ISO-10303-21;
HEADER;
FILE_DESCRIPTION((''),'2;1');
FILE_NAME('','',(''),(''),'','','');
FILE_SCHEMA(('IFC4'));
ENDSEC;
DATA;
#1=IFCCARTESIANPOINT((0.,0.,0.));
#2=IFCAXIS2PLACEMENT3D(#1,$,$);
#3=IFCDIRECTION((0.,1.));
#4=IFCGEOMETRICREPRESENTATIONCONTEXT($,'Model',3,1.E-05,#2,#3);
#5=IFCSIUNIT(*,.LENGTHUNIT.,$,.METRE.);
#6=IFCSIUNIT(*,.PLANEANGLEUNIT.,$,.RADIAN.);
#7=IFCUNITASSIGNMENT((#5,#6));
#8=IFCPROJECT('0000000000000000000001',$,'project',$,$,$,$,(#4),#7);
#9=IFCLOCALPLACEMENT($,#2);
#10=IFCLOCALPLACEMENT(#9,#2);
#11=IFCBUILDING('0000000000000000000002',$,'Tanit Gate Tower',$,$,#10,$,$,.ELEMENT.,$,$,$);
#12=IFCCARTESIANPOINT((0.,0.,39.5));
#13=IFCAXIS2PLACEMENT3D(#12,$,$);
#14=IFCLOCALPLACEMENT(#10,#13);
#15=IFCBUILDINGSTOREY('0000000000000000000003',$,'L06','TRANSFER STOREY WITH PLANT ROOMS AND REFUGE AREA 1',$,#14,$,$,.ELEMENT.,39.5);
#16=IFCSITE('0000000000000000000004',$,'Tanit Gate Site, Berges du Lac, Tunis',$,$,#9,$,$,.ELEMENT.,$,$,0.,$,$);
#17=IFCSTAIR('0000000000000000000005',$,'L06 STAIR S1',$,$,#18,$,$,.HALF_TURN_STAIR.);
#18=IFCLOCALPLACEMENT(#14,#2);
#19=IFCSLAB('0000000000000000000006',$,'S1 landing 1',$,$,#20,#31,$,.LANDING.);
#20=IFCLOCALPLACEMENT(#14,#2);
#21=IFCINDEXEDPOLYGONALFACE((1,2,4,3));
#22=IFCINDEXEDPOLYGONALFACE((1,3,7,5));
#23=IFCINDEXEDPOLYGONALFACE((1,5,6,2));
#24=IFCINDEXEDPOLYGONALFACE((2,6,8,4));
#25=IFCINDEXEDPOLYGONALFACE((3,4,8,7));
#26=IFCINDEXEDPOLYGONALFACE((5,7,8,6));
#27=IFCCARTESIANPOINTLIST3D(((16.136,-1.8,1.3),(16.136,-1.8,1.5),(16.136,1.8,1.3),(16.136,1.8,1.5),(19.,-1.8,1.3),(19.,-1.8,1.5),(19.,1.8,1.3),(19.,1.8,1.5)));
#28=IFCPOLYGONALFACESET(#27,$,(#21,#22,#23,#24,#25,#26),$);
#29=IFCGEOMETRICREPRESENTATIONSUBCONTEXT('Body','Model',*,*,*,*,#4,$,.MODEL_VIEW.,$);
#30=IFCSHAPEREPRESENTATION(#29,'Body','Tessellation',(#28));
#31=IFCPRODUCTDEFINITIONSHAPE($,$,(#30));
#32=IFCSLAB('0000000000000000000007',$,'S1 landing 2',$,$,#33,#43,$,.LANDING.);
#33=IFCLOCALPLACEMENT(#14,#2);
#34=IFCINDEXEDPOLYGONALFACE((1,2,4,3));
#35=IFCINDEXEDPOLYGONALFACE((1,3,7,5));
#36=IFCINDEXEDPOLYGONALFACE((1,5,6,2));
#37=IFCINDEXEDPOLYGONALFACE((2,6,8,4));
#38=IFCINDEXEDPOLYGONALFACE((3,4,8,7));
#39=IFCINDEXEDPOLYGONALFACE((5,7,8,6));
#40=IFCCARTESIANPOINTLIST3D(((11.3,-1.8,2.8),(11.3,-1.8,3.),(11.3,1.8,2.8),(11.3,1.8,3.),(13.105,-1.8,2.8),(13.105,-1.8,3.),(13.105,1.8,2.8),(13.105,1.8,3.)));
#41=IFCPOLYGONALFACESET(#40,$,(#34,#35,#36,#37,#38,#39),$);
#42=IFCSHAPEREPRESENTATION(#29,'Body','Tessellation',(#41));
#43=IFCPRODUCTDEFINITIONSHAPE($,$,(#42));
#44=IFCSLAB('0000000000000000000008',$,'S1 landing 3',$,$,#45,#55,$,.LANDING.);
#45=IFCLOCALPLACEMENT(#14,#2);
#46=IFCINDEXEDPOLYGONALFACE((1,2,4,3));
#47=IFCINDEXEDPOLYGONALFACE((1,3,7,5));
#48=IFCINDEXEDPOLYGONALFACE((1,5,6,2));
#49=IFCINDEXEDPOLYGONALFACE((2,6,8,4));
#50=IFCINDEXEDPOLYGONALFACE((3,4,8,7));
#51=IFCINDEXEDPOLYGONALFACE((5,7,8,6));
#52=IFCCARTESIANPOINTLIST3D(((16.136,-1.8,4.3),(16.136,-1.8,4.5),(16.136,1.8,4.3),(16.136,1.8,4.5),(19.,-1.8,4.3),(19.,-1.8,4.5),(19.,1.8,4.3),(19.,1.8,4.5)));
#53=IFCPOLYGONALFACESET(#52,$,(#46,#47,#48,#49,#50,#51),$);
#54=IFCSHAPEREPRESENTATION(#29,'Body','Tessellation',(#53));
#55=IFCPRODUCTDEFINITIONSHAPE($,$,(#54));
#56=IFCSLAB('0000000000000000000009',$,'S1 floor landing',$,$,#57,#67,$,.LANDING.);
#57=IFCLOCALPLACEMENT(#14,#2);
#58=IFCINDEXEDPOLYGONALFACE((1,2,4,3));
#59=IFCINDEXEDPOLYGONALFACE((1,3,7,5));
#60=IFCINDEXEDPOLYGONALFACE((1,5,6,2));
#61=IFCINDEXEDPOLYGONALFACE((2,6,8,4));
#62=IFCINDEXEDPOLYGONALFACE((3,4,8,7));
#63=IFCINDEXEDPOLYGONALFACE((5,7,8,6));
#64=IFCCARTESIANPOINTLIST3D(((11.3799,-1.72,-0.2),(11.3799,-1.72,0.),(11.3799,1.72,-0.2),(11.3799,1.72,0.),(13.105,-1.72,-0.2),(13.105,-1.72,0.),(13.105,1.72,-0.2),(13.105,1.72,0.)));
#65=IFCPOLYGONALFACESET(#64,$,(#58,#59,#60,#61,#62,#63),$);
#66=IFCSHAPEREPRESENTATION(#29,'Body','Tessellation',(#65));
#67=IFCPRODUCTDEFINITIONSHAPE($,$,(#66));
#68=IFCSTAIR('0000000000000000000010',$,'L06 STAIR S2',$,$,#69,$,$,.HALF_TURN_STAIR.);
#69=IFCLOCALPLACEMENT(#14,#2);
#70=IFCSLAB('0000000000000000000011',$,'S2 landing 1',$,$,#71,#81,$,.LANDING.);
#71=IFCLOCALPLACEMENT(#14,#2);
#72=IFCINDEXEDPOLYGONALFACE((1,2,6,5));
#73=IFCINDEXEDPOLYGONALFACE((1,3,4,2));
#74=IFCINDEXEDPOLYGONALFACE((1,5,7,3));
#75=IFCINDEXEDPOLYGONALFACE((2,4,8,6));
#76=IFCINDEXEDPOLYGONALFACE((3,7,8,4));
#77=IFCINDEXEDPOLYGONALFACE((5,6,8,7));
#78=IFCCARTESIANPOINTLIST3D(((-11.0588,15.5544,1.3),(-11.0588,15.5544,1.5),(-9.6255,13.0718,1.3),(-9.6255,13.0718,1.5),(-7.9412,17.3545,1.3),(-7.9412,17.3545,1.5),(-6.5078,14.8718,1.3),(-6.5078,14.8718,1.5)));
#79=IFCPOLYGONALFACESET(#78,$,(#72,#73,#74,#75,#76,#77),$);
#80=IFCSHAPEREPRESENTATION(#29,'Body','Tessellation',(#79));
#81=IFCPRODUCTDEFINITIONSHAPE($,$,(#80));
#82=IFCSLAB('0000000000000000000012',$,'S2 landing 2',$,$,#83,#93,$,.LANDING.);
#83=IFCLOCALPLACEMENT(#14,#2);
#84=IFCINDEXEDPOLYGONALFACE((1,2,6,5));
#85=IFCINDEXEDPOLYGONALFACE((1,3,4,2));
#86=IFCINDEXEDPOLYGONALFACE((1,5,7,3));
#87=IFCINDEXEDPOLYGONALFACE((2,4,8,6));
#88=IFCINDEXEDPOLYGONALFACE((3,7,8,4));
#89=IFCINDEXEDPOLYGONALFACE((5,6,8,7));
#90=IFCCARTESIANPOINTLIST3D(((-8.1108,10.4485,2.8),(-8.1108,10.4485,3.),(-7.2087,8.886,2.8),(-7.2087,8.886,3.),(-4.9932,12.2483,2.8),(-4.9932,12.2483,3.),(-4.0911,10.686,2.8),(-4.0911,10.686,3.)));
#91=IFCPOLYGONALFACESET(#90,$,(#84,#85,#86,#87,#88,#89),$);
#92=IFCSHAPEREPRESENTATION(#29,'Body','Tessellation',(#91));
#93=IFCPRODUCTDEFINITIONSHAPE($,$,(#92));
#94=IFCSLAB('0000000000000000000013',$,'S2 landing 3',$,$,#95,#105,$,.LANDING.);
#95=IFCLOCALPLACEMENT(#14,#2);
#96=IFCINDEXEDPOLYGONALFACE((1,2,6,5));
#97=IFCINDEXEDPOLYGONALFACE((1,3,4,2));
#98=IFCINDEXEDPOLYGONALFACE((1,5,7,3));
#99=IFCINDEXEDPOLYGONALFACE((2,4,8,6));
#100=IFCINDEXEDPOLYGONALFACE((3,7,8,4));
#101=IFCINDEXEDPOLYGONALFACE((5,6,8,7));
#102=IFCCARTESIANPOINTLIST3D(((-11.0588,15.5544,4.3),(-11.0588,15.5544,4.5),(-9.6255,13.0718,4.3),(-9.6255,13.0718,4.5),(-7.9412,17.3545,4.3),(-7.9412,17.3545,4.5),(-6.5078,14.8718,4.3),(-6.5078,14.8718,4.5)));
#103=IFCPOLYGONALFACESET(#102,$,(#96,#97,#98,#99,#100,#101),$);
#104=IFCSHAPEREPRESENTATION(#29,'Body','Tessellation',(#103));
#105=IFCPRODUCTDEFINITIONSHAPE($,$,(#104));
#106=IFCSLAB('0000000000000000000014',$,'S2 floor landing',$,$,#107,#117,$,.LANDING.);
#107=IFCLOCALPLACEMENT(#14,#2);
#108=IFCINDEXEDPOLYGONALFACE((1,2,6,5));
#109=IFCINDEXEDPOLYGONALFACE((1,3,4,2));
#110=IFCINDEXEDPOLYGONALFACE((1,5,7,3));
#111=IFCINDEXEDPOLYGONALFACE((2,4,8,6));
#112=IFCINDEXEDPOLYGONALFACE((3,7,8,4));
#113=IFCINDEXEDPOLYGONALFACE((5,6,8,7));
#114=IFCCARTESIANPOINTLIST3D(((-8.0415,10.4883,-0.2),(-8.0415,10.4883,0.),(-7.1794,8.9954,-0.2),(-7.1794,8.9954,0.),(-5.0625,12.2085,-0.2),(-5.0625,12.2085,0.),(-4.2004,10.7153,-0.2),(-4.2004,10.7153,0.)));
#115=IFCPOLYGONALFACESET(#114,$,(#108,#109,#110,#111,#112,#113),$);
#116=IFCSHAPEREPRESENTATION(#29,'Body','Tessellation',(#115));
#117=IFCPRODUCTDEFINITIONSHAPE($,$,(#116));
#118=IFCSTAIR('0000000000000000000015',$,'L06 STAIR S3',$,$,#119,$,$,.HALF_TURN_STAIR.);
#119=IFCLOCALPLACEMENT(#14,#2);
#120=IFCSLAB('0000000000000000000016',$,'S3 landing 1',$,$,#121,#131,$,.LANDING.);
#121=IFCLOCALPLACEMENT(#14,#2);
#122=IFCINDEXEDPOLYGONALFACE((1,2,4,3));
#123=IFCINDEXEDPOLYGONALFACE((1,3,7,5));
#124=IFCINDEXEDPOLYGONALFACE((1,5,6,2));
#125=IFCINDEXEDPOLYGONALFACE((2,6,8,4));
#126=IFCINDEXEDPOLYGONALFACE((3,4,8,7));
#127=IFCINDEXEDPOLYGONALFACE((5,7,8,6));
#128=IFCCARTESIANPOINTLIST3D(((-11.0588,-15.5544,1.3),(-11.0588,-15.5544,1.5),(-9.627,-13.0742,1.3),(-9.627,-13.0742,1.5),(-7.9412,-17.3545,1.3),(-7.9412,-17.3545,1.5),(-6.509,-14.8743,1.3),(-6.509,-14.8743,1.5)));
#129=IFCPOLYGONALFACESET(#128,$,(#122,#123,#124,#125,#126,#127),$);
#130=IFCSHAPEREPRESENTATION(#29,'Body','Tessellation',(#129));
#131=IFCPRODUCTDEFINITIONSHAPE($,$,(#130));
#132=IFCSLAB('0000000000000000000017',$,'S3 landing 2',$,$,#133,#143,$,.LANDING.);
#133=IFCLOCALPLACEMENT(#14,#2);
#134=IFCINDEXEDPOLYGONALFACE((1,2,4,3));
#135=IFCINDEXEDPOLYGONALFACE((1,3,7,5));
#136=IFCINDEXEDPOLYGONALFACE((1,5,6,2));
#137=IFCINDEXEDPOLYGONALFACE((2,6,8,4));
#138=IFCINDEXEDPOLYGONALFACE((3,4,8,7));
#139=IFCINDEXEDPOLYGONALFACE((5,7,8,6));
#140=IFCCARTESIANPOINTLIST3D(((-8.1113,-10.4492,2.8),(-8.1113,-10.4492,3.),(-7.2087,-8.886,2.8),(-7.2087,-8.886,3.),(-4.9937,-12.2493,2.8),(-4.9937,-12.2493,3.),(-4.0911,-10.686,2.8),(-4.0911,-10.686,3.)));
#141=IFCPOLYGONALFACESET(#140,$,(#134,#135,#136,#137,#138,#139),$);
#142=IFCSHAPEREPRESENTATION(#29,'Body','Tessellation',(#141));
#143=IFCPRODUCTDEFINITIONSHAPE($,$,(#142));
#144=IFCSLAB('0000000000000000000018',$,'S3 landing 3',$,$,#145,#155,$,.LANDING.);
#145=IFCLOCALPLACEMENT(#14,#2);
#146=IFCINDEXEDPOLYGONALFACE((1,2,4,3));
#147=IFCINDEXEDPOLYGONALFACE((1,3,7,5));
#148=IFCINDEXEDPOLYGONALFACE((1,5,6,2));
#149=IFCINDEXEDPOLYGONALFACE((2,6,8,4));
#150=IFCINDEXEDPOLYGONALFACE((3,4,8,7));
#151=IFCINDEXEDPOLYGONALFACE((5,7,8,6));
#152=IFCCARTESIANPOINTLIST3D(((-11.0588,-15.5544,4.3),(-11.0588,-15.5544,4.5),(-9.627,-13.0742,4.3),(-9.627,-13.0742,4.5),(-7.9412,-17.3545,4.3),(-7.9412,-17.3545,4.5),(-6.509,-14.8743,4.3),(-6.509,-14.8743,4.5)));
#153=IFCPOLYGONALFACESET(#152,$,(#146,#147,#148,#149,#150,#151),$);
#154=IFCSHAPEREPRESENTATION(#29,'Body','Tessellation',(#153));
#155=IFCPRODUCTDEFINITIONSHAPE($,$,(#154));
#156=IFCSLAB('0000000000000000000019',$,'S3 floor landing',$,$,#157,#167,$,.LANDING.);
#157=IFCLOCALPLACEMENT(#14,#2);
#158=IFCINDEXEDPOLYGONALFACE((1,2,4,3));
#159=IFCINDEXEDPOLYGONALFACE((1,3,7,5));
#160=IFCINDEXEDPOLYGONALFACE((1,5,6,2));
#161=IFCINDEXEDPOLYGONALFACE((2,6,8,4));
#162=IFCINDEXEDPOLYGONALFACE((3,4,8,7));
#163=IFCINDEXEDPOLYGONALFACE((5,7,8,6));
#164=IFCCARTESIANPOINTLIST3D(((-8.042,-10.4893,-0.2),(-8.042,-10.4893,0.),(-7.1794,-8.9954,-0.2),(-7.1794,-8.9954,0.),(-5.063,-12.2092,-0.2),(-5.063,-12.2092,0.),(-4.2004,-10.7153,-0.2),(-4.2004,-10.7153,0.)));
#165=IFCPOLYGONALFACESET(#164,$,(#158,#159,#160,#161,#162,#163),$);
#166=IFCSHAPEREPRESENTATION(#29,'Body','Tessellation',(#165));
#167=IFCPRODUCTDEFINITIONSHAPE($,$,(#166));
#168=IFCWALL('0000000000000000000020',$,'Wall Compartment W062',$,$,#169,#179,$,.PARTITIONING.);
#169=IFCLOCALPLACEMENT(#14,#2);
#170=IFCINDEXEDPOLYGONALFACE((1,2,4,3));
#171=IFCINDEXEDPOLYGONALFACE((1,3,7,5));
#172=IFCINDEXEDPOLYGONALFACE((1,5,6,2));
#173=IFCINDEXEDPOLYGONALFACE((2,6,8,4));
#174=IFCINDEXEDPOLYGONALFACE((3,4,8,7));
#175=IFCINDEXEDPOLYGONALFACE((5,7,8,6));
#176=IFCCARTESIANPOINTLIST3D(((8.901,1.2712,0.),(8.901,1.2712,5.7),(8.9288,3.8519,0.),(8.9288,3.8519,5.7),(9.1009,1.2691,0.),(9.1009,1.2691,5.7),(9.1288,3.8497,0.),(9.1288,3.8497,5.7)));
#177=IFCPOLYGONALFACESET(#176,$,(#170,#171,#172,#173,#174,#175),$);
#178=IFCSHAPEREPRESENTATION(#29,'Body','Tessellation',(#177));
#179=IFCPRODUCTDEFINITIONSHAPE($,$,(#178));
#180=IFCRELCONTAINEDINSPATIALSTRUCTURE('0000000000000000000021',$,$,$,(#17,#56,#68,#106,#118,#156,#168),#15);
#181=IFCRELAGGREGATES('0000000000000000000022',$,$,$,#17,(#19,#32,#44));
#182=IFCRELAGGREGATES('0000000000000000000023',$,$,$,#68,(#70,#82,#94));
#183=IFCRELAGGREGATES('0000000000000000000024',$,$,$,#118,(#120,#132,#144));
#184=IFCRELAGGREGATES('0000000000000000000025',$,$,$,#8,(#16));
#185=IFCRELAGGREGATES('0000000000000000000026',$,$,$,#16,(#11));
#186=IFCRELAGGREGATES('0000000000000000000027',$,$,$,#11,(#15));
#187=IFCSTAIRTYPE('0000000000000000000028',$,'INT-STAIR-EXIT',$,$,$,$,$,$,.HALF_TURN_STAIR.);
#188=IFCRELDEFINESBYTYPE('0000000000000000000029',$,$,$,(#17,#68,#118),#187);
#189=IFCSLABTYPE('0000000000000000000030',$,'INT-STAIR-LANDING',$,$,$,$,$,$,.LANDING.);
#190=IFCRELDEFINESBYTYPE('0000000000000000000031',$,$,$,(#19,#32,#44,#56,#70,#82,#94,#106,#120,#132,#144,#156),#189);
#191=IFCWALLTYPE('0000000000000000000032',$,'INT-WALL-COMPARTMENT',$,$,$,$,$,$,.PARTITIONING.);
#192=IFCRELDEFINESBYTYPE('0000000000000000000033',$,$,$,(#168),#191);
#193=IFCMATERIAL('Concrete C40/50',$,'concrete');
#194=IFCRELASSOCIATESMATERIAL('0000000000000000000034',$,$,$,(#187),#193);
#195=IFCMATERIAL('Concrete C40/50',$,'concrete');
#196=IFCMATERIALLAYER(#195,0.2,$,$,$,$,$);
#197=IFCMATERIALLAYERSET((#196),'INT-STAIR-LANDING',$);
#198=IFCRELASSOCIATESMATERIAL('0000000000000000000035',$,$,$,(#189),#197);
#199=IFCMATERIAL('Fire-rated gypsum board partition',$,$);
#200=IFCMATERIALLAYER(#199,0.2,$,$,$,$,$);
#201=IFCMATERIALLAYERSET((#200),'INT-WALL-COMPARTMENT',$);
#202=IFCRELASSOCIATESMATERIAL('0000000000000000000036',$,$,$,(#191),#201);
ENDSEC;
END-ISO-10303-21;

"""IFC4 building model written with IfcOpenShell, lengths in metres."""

from ifc_helpers import new_model, si_unit, direction, frame, frame_2d, origin, place, context, subcontext, project, spatial, polyline, rectangle, outline, extrude, material, layer, layer_set, type_object, element, aggregate, save


model = new_model("IFC4")

# Units and contexts
model_context = context("Model", 3, precision=1e-05, world=origin(), true_north=direction((0.0, 1.0)))
body_context = subcontext(model_context, "Body", "Model", "MODEL_VIEW")
ifc_project = project(units=[si_unit("LENGTHUNIT", "METRE"), si_unit("PLANEANGLEUNIT", "RADIAN")], contexts=[model_context])

# Site, building, storey
site_placement = place(None, origin())
site = spatial("IfcSite", under=ifc_project, at=site_placement, Name="Tanit Gate Site, Berges du Lac, Tunis", CompositionType="ELEMENT", RefElevation=0.0)
building_placement = place(site_placement, origin())
building = spatial("IfcBuilding", under=site, at=building_placement, Name="Tanit Gate Tower", CompositionType="ELEMENT")
storey_placement = place(building_placement, frame((0.0, 0.0, 39.5)))
storey = spatial("IfcBuildingStorey", under=building, at=storey_placement, Name="L06", Description="TRANSFER STOREY WITH PLANT ROOMS AND REFUGE AREA 1", CompositionType="ELEMENT", Elevation=39.5)

# Stair, slabs
ifc_material_1 = material(Name="Concrete C40/50", Category="concrete")
stair_type = type_object("IfcStairType", Name="INT-STAIR-EXIT", PredefinedType="HALF_TURN_STAIR", material=ifc_material_1)
stair_1_placement = place(storey_placement, origin())
stair_1 = element("IfcStair", 1, at=stair_1_placement, inside=storey, type_object=stair_type, Name="L06 STAIR S1", PredefinedType="HALF_TURN_STAIR")
ifc_material_2 = material(Name="Concrete C40/50", Category="concrete")
ifc_layer_1 = layer(ifc_material_2, 0.2)
ifc_layer_set_1 = layer_set([ifc_layer_1], Name="INT-STAIR-LANDING")
slab_type = type_object("IfcSlabType", Name="INT-STAIR-LANDING", PredefinedType="LANDING", material=ifc_layer_set_1)
slab_1_placement = place(storey_placement, frame((0.0, 0.0, 1.3)))
slab_1 = element("IfcSlab", 2, at=slab_1_placement, type_object=slab_type, Name="S1 landing 1", PredefinedType="LANDING", context=body_context, shape_type="SweptSolid", body=[
    extrude(outline(polyline([(16.136, -1.8), (19.0, -1.8), (19.0, 1.8), (16.136, 1.8), (16.136, -1.8)])), origin(), (0.0, 0.0, 1.0), 0.2),
])
slab_2_placement = place(storey_placement, frame((0.0, 0.0, 2.8)))
slab_2 = element("IfcSlab", 3, at=slab_2_placement, type_object=slab_type, Name="S1 landing 2", PredefinedType="LANDING", context=body_context, shape_type="SweptSolid", body=[
    extrude(outline(polyline([(11.3, -1.8), (13.105, -1.8), (13.105, 1.8), (11.3, 1.8), (11.3, -1.8)])), origin(), (0.0, 0.0, 1.0), 0.2),
])
slab_3_placement = place(storey_placement, frame((0.0, 0.0, 4.3)))
slab_3 = element("IfcSlab", 4, at=slab_3_placement, type_object=slab_type, Name="S1 landing 3", PredefinedType="LANDING", context=body_context, shape_type="SweptSolid", body=[
    extrude(outline(polyline([(16.136, -1.8), (19.0, -1.8), (19.0, 1.8), (16.136, 1.8), (16.136, -1.8)])), origin(), (0.0, 0.0, 1.0), 0.2),
])
aggregate(stair_1, [slab_1, slab_2, slab_3])

# Slab
slab_4_placement = place(storey_placement, frame((0.0, 0.0, -0.2)))
element("IfcSlab", 5, at=slab_4_placement, inside=storey, type_object=slab_type, Name="S1 floor landing", PredefinedType="LANDING", context=body_context, shape_type="SweptSolid", body=[
    extrude(outline(polyline([(11.3799, -1.72), (13.105, -1.72), (13.105, 1.72), (11.3799, 1.72), (11.3799, -1.72)])), origin(), (0.0, 0.0, 1.0), 0.2),
])

# Stair, slabs
stair_2_placement = place(storey_placement, origin())
stair_2 = element("IfcStair", 6, at=stair_2_placement, inside=storey, type_object=stair_type, Name="L06 STAIR S2", PredefinedType="HALF_TURN_STAIR")
slab_5_placement = place(storey_placement, frame((0.0, 0.0, 1.3)))
slab_5 = element("IfcSlab", 7, at=slab_5_placement, type_object=slab_type, Name="S2 landing 1", PredefinedType="LANDING", context=body_context, shape_type="SweptSolid", body=[
    extrude(outline(polyline([(-6.5078, 14.8718), (-7.9412, 17.3545), (-11.0588, 15.5544), (-9.6255, 13.0718), (-6.5078, 14.8718)])), origin(), (0.0, 0.0, 1.0), 0.2),
])
slab_6_placement = place(storey_placement, frame((0.0, 0.0, 2.8)))
slab_6 = element("IfcSlab", 8, at=slab_6_placement, type_object=slab_type, Name="S2 landing 2", PredefinedType="LANDING", context=body_context, shape_type="SweptSolid", body=[
    extrude(outline(polyline([(-4.0911, 10.686), (-4.9932, 12.2483), (-8.1108, 10.4485), (-7.2087, 8.886), (-4.0911, 10.686)])), origin(), (0.0, 0.0, 1.0), 0.2),
])
slab_7_placement = place(storey_placement, frame((0.0, 0.0, 4.3)))
slab_7 = element("IfcSlab", 9, at=slab_7_placement, type_object=slab_type, Name="S2 landing 3", PredefinedType="LANDING", context=body_context, shape_type="SweptSolid", body=[
    extrude(outline(polyline([(-6.5078, 14.8718), (-7.9412, 17.3545), (-11.0588, 15.5544), (-9.6255, 13.0718), (-6.5078, 14.8718)])), origin(), (0.0, 0.0, 1.0), 0.2),
])
aggregate(stair_2, [slab_5, slab_6, slab_7])

# Slab
slab_8_placement = place(storey_placement, frame((0.0, 0.0, -0.2)))
element("IfcSlab", 10, at=slab_8_placement, inside=storey, type_object=slab_type, Name="S2 floor landing", PredefinedType="LANDING", context=body_context, shape_type="SweptSolid", body=[
    extrude(outline(polyline([(-4.2004, 10.7153), (-5.0625, 12.2085), (-8.0415, 10.4883), (-7.1794, 8.9954), (-4.2004, 10.7153)])), origin(), (0.0, 0.0, 1.0), 0.2),
])

# Stair, slabs
stair_3_placement = place(storey_placement, origin())
stair_3 = element("IfcStair", 11, at=stair_3_placement, inside=storey, type_object=stair_type, Name="L06 STAIR S3", PredefinedType="HALF_TURN_STAIR")
slab_9_placement = place(storey_placement, frame((0.0, 0.0, 1.3)))
slab_9 = element("IfcSlab", 12, at=slab_9_placement, type_object=slab_type, Name="S3 landing 1", PredefinedType="LANDING", context=body_context, shape_type="SweptSolid", body=[
    extrude(outline(polyline([(-9.627, -13.0742), (-11.0588, -15.5544), (-7.9412, -17.3545), (-6.509, -14.8743), (-9.627, -13.0742)])), origin(), (0.0, 0.0, 1.0), 0.2),
])
slab_10_placement = place(storey_placement, frame((0.0, 0.0, 2.8)))
slab_10 = element("IfcSlab", 13, at=slab_10_placement, type_object=slab_type, Name="S3 landing 2", PredefinedType="LANDING", context=body_context, shape_type="SweptSolid", body=[
    extrude(outline(polyline([(-7.2087, -8.886), (-8.1113, -10.4492), (-4.9937, -12.2493), (-4.0911, -10.686), (-7.2087, -8.886)])), origin(), (0.0, 0.0, 1.0), 0.2),
])
slab_11_placement = place(storey_placement, frame((0.0, 0.0, 4.3)))
slab_11 = element("IfcSlab", 14, at=slab_11_placement, type_object=slab_type, Name="S3 landing 3", PredefinedType="LANDING", context=body_context, shape_type="SweptSolid", body=[
    extrude(outline(polyline([(-9.627, -13.0742), (-11.0588, -15.5544), (-7.9412, -17.3545), (-6.509, -14.8743), (-9.627, -13.0742)])), origin(), (0.0, 0.0, 1.0), 0.2),
])
aggregate(stair_3, [slab_9, slab_10, slab_11])

# Slab
slab_12_placement = place(storey_placement, frame((0.0, 0.0, -0.2)))
element("IfcSlab", 15, at=slab_12_placement, inside=storey, type_object=slab_type, Name="S3 floor landing", PredefinedType="LANDING", context=body_context, shape_type="SweptSolid", body=[
    extrude(outline(polyline([(-7.1794, -8.9954), (-8.042, -10.4893), (-5.063, -12.2092), (-4.2004, -10.7153), (-7.1794, -8.9954)])), origin(), (0.0, 0.0, 1.0), 0.2),
])

# Wall
ifc_material_3 = material(Name="Fire-rated gypsum board partition")
ifc_layer_2 = layer(ifc_material_3, 0.2)
ifc_layer_set_2 = layer_set([ifc_layer_2], Name="INT-WALL-COMPARTMENT")
wall_type_1 = type_object("IfcWallType", Name="INT-WALL-COMPARTMENT", PredefinedType="PARTITIONING", material=ifc_layer_set_2)
wall_1_placement = place(storey_placement, frame((9.001, 1.27, 0.0), z_axis=(0.0, 0.0, 1.0), x_axis=(0.010785, 0.999942, 0.0)))
element("IfcWall", 16, at=wall_1_placement, inside=storey, type_object=wall_type_1, Name="Wall Compartment W062", PredefinedType="PARTITIONING", context=body_context, shape_type="SweptSolid", body=[
    extrude(rectangle(XDim=2.5808, YDim=0.2, at=frame_2d((1.2905, 0.0))), origin(), (0.0, 0.0, 1.0), 5.7),
])

save(model, "model.ifc")
